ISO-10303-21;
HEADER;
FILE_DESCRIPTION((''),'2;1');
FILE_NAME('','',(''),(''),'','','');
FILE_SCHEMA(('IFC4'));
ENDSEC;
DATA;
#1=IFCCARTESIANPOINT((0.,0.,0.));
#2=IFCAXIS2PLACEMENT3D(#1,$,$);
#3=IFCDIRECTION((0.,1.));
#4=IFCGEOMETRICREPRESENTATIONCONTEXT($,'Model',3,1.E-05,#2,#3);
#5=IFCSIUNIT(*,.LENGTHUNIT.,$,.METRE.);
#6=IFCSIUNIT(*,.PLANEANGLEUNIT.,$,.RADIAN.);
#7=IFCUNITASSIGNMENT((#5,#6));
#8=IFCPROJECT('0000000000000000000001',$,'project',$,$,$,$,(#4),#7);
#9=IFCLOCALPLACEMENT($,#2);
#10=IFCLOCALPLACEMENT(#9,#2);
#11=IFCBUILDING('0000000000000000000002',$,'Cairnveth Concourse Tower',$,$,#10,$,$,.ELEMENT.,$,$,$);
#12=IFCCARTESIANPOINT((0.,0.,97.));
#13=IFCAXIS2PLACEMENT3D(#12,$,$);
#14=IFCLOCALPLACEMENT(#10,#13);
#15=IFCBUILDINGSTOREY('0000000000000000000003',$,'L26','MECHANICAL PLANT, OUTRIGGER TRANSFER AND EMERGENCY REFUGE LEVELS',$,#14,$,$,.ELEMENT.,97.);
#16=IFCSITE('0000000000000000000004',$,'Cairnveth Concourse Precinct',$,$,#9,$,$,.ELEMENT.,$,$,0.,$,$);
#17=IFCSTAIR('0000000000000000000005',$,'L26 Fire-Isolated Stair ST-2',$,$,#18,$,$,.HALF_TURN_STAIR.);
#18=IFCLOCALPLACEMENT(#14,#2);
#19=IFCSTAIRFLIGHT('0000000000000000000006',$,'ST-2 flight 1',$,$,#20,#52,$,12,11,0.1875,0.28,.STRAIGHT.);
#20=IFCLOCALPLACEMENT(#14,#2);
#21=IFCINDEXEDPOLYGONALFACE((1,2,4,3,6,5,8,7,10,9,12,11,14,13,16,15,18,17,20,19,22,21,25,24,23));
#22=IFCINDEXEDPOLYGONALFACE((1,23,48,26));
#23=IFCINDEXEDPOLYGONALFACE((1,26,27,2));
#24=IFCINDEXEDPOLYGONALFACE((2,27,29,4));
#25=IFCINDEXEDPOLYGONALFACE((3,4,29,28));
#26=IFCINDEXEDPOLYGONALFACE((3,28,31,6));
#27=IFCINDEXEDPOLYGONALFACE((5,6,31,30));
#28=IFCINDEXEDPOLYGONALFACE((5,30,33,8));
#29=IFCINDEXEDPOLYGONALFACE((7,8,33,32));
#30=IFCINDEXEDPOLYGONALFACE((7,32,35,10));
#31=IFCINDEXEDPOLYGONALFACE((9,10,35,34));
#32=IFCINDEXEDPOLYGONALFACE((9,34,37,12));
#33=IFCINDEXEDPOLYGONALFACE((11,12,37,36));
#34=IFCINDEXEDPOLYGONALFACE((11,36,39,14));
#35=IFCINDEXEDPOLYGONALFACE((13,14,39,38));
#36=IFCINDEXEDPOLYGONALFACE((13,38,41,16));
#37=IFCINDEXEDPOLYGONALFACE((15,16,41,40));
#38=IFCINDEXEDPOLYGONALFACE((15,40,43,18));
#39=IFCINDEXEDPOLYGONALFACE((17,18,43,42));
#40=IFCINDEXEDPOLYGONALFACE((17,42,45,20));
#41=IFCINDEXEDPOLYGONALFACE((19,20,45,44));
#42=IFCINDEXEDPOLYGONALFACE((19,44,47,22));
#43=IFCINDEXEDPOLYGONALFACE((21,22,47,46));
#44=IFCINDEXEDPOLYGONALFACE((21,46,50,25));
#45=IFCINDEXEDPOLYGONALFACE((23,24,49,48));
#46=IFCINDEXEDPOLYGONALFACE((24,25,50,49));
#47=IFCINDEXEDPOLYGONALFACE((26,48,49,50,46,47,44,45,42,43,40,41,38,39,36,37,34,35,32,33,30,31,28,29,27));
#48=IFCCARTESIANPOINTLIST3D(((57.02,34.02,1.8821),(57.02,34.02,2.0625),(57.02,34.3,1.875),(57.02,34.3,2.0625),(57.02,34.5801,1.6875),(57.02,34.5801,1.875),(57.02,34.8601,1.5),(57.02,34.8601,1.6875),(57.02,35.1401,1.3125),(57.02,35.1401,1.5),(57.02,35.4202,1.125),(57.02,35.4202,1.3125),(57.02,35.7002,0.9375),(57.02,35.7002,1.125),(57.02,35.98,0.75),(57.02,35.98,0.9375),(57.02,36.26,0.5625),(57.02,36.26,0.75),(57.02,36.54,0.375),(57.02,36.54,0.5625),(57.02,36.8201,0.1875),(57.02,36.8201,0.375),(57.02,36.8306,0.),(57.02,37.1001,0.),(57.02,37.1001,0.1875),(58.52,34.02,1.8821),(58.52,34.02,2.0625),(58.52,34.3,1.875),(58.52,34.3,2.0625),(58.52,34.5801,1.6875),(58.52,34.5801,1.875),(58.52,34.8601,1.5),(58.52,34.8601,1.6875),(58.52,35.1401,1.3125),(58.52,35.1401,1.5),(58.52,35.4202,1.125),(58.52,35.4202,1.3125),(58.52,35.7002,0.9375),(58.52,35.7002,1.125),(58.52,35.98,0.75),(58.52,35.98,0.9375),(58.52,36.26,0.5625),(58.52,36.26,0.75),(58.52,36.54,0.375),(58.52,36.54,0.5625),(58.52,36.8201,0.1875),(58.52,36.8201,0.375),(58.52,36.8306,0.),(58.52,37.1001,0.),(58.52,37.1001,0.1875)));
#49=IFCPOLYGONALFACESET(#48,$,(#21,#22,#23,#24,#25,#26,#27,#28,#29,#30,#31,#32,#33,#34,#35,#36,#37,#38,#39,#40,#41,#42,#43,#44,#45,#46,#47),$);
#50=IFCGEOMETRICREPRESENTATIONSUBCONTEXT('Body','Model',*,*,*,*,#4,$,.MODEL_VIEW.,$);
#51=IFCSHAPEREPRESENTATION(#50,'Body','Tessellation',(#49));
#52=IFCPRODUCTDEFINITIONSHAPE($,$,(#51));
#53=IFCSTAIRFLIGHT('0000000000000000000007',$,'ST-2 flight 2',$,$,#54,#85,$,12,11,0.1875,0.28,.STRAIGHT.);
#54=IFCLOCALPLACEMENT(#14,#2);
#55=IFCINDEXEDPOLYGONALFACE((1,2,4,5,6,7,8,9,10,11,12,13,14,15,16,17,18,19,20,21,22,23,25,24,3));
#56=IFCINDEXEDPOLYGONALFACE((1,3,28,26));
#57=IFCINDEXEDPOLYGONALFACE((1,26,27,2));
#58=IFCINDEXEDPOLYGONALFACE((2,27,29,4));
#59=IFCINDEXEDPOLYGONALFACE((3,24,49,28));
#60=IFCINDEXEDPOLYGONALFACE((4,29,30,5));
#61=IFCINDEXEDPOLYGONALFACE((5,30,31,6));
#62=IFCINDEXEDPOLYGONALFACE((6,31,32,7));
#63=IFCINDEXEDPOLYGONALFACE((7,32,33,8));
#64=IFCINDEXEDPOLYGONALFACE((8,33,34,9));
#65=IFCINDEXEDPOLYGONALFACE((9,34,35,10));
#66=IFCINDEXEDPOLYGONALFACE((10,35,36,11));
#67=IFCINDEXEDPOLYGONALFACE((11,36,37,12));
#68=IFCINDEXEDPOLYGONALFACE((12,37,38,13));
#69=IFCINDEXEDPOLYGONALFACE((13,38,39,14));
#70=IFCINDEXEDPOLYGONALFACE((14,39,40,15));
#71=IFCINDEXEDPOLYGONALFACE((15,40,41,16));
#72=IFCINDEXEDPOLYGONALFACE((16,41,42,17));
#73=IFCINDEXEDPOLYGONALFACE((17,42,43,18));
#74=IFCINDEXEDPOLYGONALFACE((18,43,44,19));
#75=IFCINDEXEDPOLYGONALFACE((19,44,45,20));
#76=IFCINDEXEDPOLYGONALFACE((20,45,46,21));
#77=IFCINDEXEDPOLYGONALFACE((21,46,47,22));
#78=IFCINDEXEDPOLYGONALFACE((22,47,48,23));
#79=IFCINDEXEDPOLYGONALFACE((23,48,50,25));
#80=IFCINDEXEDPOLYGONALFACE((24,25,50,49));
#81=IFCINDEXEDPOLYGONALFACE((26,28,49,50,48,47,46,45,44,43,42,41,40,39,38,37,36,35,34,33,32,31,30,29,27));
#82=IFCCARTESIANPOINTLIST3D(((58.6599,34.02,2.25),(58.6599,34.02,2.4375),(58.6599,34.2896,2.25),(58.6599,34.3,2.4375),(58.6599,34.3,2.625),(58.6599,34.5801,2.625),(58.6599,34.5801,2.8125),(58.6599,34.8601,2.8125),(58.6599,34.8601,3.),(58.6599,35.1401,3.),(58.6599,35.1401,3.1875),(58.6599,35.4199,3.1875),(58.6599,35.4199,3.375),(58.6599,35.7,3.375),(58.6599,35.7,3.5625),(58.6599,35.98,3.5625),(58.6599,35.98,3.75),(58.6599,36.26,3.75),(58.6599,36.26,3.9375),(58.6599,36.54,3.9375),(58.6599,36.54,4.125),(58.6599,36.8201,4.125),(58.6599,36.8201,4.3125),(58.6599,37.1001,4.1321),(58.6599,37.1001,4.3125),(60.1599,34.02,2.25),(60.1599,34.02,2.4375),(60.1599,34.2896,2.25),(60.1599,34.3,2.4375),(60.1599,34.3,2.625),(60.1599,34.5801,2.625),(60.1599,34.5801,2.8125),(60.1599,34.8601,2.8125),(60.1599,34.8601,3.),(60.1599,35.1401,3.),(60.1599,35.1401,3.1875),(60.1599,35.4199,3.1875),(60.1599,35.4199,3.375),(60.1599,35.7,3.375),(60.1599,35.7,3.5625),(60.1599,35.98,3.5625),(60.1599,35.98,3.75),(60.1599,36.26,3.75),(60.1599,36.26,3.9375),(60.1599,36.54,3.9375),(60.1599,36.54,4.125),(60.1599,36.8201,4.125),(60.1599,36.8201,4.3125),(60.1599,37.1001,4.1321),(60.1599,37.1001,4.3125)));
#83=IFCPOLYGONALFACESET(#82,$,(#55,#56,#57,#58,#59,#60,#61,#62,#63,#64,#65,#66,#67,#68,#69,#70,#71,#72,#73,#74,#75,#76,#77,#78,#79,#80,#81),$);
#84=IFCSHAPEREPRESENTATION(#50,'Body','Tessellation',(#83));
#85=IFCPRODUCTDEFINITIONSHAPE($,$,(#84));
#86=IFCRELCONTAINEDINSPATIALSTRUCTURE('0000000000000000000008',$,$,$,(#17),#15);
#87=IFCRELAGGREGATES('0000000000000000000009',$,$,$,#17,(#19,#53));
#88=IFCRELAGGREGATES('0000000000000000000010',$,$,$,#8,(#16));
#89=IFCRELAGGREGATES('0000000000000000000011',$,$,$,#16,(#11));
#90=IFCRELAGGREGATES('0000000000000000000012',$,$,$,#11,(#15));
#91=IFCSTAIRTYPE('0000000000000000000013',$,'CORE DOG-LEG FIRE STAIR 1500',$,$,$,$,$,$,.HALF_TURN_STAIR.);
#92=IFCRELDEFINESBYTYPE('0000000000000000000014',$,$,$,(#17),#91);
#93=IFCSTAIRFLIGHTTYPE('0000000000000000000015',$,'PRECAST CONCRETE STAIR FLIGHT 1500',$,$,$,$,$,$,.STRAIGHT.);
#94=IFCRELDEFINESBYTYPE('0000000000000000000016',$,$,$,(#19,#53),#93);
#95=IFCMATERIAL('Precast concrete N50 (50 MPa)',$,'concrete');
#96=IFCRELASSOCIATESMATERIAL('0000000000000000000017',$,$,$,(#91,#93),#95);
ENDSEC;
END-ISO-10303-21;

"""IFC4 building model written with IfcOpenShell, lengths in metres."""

from ifc_helpers import new_model, si_unit, direction, frame, origin, place, context, subcontext, project, spatial, polyline, outline, extrude, material, type_object, element, aggregate, save


model = new_model("IFC4")

# Units and contexts
model_context = context("Model", 3, precision=1e-05, world=origin(), true_north=direction((0.0, 1.0)))
body_context = subcontext(model_context, "Body", "Model", "MODEL_VIEW")
ifc_project = project(units=[si_unit("LENGTHUNIT", "METRE"), si_unit("PLANEANGLEUNIT", "RADIAN")], contexts=[model_context])

# Site, building, storey
site_placement = place(None, origin())
site = spatial("IfcSite", under=ifc_project, at=site_placement, Name="Cairnveth Concourse Precinct", CompositionType="ELEMENT", RefElevation=0.0)
building_placement = place(site_placement, origin())
building = spatial("IfcBuilding", under=site, at=building_placement, Name="Cairnveth Concourse Tower", CompositionType="ELEMENT")
storey_placement = place(building_placement, frame((0.0, 0.0, 97.0)))
storey = spatial("IfcBuildingStorey", under=building, at=storey_placement, Name="L26", Description="MECHANICAL PLANT, OUTRIGGER TRANSFER AND EMERGENCY REFUGE LEVELS", CompositionType="ELEMENT", Elevation=97.0)

# Stair, stair flights
ifc_material_1 = material(Name="Precast concrete N50 (50 MPa)", Category="concrete")
stair_type = type_object("IfcStairType", Name="CORE DOG-LEG FIRE STAIR 1500", PredefinedType="HALF_TURN_STAIR", material=ifc_material_1)
stair_placement = place(storey_placement, origin())
stair = element("IfcStair", 1, at=stair_placement, inside=storey, type_object=stair_type, Name="L26 Fire-Isolated Stair ST-2", PredefinedType="HALF_TURN_STAIR")
stair_flight_type = type_object("IfcStairFlightType", Name="PRECAST CONCRETE STAIR FLIGHT 1500", PredefinedType="STRAIGHT", material=ifc_material_1)
stair_flight_1_placement = place(storey_placement, frame((57.77, 37.1001, 0.0), z_axis=(0.0, 0.0, 1.0), x_axis=(0.0, -1.0, 0.0)))
stair_flight_1 = element("IfcStairFlight", 2, at=stair_flight_1_placement, type_object=stair_flight_type, Name="ST-2 flight 1", NumberOfRisers=12, NumberOfTreads=11, PredefinedType="STRAIGHT", RiserHeight=0.1875, TreadLength=0.28, context=body_context, shape_type="SweptSolid", body=[
    extrude(outline(polyline([(0.0, 0.0), (0.0, 0.1875), (0.28, 0.1875), (0.28, 0.375), (0.5601, 0.375), (0.5601, 0.5625), (0.8401, 0.5625), (0.8401, 0.75), (1.1201, 0.75), (1.1201, 0.9375), (1.3999, 0.9375), (1.3999, 1.125), (1.6799, 1.125), (1.6799, 1.3125), (1.96, 1.3125), (1.96, 1.5), (2.24, 1.5), (2.24, 1.6875), (2.52, 1.6875), (2.52, 1.875), (2.8, 1.875), (2.8, 2.0625), (3.0801, 2.0625), (3.0801, 2.25), (3.0801, 1.8821), (0.2695, 0.0), (0.0, 0.0)])), frame((0.0, 0.75, 0.0), z_axis=(0.0, -1.0, 0.0), x_axis=(1.0, 0.0, 0.0)), (0.0, 0.0, 1.0), 1.5),
])
stair_flight_2_placement = place(storey_placement, frame((59.4099, 34.02, 2.25), z_axis=(0.0, 0.0, 1.0), x_axis=(0.0, 1.0, 0.0)))
stair_flight_2 = element("IfcStairFlight", 3, at=stair_flight_2_placement, type_object=stair_flight_type, Name="ST-2 flight 2", NumberOfRisers=12, NumberOfTreads=11, PredefinedType="STRAIGHT", RiserHeight=0.1875, TreadLength=0.28, context=body_context, shape_type="SweptSolid", body=[
    extrude(outline(polyline([(0.0, 0.0), (0.0, 0.1875), (0.28, 0.1875), (0.28, 0.375), (0.5601, 0.375), (0.5601, 0.5625), (0.8401, 0.5625), (0.8401, 0.75), (1.1201, 0.75), (1.1201, 0.9375), (1.3999, 0.9375), (1.3999, 1.125), (1.6799, 1.125), (1.6799, 1.3125), (1.96, 1.3125), (1.96, 1.5), (2.24, 1.5), (2.24, 1.6875), (2.52, 1.6875), (2.52, 1.875), (2.8, 1.875), (2.8, 2.0625), (3.0801, 2.0625), (3.0801, 2.25), (3.0801, 1.8821), (0.2695, 0.0), (0.0, 0.0)])), frame((0.0, 0.75, 0.0), z_axis=(0.0, -1.0, 0.0), x_axis=(1.0, 0.0, 0.0)), (0.0, 0.0, 1.0), 1.5),
])
aggregate(stair, [stair_flight_1, stair_flight_2])

save(model, "model.ifc")
